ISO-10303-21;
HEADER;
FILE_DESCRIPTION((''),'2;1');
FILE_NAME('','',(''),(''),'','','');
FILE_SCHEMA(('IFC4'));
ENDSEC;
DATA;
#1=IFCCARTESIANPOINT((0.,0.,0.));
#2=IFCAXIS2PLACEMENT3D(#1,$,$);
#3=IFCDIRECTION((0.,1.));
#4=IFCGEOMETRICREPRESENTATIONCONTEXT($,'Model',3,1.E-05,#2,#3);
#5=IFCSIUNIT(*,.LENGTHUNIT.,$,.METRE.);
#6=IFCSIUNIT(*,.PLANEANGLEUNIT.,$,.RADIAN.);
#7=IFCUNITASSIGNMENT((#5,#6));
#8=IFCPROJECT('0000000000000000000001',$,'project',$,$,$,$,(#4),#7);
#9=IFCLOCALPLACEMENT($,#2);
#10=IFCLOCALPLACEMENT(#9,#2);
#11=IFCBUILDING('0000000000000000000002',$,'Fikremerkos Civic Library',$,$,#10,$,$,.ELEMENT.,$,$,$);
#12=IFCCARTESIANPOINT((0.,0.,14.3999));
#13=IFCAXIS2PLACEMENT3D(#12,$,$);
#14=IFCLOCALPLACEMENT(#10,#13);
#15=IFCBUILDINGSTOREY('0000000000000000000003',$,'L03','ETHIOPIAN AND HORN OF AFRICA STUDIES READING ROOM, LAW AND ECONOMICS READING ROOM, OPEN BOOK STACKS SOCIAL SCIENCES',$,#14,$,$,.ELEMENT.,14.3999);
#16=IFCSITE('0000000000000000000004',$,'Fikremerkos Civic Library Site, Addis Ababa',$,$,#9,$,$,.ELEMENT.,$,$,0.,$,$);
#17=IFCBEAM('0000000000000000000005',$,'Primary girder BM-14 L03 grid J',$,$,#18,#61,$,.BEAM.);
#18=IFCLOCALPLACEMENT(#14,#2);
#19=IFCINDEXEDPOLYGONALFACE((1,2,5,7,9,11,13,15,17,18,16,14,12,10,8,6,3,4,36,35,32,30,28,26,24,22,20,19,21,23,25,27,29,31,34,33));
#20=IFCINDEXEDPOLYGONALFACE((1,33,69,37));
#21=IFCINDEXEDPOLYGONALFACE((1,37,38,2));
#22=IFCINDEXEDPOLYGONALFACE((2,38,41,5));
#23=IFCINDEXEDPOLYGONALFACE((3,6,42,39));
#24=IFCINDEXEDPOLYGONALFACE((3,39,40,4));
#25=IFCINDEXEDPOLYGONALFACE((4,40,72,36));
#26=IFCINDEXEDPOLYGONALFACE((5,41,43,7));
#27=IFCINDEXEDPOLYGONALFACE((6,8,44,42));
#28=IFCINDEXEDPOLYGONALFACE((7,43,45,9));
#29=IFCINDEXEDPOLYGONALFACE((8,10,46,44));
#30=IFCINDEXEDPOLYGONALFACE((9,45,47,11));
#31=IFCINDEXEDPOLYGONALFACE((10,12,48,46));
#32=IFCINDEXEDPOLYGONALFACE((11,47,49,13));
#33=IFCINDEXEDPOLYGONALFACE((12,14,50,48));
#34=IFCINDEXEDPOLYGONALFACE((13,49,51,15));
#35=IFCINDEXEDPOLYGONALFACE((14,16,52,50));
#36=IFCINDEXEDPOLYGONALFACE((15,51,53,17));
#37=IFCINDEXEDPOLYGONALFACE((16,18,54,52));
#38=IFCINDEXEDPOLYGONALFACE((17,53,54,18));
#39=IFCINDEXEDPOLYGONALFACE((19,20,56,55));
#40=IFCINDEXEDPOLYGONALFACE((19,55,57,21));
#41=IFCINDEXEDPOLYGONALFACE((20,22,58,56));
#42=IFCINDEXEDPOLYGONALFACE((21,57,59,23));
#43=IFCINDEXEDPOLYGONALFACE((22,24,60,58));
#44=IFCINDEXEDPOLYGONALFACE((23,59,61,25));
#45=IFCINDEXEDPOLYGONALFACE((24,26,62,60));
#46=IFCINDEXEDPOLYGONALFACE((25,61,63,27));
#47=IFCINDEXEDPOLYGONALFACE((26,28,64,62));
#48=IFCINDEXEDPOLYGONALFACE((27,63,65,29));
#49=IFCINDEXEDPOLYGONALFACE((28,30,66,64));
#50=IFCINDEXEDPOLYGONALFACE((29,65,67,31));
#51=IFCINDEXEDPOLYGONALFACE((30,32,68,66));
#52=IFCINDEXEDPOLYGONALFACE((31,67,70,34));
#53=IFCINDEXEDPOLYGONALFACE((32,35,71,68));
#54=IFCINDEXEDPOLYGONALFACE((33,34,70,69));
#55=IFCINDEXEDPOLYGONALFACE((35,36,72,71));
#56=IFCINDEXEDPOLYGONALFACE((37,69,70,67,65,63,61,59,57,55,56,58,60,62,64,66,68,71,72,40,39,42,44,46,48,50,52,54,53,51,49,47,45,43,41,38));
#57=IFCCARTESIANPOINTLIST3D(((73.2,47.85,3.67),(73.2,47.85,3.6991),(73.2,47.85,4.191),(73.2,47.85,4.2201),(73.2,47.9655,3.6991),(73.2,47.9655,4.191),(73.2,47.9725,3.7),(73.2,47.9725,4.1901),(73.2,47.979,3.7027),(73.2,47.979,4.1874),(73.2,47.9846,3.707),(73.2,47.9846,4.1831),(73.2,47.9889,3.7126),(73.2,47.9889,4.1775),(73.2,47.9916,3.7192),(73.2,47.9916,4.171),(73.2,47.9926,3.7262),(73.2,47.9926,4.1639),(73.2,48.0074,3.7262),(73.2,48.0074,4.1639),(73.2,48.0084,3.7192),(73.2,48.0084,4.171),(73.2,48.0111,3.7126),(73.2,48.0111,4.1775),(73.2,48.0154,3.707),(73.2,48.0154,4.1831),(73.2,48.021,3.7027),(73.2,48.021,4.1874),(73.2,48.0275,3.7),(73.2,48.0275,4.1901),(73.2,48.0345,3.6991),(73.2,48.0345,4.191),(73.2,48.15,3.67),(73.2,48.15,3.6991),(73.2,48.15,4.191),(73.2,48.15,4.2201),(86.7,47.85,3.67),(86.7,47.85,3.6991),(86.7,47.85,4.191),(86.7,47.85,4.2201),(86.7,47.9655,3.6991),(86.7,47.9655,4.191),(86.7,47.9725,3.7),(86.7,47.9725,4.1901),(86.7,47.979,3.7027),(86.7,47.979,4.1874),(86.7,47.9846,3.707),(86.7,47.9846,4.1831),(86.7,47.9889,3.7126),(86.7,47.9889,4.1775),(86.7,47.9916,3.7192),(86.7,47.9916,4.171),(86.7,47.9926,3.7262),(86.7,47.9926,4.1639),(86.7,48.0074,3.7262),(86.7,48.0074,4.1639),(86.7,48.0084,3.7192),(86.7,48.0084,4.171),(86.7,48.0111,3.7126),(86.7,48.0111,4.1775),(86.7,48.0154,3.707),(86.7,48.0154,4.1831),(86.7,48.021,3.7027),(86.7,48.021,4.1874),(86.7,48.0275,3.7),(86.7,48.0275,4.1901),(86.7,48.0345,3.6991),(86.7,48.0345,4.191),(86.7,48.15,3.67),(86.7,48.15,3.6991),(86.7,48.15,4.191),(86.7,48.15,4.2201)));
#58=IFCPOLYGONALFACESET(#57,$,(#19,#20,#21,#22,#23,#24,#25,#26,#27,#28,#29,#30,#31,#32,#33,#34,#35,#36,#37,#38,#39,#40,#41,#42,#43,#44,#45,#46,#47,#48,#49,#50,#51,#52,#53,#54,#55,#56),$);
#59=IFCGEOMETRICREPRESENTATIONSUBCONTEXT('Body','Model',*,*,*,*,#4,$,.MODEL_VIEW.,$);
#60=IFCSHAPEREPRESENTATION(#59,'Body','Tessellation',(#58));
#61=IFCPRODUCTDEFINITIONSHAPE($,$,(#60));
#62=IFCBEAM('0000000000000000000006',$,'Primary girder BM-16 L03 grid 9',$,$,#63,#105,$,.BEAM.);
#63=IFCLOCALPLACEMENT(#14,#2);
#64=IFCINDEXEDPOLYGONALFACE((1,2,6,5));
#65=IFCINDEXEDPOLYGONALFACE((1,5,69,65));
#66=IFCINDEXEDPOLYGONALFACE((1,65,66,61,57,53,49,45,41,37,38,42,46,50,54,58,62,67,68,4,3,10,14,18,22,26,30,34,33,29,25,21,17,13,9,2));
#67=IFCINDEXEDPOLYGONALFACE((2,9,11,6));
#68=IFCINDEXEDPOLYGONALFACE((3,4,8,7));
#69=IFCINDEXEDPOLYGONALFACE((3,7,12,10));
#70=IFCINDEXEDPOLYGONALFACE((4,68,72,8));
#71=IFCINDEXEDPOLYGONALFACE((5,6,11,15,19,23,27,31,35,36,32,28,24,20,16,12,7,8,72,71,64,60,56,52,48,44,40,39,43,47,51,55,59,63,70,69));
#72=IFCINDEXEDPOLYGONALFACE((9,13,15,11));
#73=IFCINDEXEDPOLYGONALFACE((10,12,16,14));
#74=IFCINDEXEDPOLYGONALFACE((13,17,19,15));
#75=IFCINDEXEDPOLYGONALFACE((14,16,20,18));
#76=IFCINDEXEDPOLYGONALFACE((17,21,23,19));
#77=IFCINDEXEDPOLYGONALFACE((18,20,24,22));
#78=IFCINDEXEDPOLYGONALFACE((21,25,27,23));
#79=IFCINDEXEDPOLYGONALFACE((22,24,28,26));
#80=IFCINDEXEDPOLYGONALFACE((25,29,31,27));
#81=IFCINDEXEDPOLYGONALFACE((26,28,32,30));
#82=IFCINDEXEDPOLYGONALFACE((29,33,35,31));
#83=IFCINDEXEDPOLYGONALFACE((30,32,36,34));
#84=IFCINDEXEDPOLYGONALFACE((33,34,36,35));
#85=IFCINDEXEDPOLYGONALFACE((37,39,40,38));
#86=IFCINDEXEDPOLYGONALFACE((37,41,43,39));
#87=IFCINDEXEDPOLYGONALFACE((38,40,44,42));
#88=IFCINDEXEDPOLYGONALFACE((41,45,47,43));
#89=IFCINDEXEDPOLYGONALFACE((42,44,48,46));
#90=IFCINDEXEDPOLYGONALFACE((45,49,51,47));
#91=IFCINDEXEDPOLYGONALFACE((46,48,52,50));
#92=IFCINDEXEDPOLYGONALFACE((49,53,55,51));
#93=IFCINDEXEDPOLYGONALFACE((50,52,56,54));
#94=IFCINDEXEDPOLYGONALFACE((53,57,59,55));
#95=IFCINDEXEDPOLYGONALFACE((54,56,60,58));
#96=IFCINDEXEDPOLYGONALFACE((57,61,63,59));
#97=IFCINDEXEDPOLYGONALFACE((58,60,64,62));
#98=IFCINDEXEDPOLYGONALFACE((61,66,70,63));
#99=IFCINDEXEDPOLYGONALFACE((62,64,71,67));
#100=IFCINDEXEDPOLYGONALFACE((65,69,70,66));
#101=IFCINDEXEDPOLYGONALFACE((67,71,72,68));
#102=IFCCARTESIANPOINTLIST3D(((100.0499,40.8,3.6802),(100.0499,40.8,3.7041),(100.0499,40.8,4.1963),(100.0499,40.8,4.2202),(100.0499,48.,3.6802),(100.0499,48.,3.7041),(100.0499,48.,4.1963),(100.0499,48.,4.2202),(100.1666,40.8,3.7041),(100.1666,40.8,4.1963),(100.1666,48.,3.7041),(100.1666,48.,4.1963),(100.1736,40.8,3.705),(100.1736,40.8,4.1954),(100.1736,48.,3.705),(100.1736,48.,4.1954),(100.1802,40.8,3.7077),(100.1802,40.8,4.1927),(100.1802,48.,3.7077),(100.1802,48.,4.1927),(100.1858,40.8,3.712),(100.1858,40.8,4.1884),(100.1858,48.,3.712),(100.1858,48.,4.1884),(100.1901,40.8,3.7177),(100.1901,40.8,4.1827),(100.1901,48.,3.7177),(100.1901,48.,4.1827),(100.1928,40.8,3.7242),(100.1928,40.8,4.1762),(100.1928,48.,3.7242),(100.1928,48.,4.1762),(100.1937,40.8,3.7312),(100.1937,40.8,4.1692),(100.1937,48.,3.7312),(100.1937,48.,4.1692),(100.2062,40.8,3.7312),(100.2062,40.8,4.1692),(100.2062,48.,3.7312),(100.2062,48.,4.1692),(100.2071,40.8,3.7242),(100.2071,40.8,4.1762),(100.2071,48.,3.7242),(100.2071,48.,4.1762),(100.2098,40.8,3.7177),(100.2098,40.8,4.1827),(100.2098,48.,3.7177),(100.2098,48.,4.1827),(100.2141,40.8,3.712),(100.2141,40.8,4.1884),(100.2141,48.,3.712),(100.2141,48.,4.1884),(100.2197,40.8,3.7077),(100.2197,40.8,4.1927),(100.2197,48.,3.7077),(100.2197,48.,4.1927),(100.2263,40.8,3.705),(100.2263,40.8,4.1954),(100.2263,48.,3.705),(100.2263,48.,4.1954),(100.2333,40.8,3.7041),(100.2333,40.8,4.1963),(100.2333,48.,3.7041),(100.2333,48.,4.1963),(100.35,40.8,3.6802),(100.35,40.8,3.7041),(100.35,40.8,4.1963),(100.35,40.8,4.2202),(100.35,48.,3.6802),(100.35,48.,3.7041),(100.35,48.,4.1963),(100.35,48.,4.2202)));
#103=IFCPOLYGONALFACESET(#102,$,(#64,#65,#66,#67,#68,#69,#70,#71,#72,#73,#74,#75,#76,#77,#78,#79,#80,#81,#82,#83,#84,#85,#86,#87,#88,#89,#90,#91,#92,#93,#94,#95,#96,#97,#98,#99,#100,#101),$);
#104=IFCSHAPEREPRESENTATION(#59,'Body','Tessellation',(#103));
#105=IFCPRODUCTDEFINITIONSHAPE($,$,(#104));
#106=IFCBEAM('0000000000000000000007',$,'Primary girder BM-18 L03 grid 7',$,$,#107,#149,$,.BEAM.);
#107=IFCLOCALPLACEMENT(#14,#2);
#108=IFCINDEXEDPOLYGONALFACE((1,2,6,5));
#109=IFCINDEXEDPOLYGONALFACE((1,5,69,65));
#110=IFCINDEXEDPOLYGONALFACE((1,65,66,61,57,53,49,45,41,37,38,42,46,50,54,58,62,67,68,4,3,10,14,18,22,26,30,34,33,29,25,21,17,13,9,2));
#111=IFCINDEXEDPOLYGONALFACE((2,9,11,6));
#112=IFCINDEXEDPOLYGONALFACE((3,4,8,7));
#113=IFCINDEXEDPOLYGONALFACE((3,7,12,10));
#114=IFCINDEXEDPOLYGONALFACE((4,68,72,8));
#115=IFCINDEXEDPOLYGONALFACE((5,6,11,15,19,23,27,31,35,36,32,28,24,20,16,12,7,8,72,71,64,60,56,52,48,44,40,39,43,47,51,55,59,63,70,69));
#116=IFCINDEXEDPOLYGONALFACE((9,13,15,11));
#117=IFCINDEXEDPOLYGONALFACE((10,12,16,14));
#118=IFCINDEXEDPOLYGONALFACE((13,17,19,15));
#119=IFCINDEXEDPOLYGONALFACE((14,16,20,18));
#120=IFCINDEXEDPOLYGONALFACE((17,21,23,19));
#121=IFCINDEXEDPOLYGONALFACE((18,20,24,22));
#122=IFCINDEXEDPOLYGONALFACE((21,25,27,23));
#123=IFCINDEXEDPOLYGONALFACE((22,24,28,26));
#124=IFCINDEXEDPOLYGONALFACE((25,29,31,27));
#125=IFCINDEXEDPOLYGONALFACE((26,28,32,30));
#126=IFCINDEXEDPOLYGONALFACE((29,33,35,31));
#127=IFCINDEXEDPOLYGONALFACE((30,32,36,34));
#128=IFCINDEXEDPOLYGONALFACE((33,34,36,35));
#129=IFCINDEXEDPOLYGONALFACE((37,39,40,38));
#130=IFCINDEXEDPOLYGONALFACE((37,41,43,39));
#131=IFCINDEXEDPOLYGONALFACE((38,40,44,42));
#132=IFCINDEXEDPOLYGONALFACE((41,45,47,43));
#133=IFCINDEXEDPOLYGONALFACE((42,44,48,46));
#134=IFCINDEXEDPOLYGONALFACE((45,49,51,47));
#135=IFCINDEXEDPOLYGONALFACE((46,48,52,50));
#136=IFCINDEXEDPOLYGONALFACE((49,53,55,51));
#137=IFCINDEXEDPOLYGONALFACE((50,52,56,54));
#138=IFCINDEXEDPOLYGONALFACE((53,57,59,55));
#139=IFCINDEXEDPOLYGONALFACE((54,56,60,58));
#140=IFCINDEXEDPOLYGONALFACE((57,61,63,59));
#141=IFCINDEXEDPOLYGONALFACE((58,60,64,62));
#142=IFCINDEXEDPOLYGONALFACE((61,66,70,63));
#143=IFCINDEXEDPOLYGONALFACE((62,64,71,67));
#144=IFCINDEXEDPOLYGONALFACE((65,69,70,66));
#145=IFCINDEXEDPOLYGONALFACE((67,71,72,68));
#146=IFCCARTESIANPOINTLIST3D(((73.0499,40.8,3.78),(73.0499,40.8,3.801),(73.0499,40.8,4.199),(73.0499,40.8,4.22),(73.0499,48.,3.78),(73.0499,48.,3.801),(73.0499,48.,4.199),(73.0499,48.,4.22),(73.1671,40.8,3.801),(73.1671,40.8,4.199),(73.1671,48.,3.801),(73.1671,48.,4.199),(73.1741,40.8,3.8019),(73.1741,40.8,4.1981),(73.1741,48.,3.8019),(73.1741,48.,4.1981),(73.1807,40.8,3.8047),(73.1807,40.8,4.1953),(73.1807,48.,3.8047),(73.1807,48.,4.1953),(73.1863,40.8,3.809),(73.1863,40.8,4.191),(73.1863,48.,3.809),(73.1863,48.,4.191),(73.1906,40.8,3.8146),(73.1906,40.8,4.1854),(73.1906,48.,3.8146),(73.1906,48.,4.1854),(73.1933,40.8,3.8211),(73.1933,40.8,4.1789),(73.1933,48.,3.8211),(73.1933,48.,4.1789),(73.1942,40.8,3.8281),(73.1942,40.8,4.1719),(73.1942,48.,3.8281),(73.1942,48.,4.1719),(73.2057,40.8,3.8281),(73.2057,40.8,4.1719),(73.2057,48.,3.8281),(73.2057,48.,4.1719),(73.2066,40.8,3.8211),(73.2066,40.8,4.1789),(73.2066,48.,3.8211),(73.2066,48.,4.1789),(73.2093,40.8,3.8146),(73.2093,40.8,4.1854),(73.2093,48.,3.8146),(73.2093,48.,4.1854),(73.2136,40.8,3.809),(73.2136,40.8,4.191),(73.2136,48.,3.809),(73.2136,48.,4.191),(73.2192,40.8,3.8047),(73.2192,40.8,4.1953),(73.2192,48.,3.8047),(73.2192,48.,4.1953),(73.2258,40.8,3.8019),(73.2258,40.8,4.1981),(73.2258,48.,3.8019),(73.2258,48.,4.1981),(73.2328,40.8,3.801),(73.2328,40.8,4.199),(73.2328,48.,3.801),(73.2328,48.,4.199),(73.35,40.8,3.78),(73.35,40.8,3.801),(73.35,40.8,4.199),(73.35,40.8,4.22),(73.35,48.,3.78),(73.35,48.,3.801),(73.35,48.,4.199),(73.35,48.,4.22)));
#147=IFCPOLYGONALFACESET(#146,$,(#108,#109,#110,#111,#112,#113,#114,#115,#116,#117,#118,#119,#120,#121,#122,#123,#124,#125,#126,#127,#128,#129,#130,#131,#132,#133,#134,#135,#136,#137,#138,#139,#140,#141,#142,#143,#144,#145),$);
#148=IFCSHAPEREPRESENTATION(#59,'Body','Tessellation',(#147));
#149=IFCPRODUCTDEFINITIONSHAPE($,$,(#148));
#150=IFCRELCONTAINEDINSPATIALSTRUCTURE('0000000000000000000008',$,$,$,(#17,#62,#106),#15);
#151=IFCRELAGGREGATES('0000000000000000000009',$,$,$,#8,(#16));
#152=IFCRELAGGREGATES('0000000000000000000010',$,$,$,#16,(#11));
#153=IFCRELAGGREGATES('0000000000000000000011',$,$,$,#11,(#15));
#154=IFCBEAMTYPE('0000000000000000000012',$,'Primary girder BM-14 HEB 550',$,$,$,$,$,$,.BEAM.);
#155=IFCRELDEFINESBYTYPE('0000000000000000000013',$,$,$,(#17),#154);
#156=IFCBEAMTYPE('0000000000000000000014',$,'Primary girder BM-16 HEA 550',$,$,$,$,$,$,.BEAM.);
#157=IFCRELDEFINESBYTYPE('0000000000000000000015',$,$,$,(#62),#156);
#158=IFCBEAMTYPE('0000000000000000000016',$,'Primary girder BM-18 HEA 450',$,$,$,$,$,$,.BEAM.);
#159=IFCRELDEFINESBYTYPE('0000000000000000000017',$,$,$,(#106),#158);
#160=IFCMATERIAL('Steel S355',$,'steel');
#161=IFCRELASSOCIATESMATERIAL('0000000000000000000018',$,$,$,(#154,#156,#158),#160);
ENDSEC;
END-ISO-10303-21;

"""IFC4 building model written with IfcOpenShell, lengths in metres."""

from ifc_helpers import new_model, si_unit, direction, frame, origin, origin_2d, place, context, subcontext, project, spatial, i_section, extrude, material, material_profile, profile_set, type_object, element, save


model = new_model("IFC4")

# Units and contexts
model_context = context("Model", 3, precision=1e-05, world=origin(), true_north=direction((0.0, 1.0)))
body_context = subcontext(model_context, "Body", "Model", "MODEL_VIEW")
ifc_project = project(units=[si_unit("LENGTHUNIT", "METRE"), si_unit("PLANEANGLEUNIT", "RADIAN")], contexts=[model_context])

# Site, building, storey
site_placement = place(None, origin())
site = spatial("IfcSite", under=ifc_project, at=site_placement, Name="Fikremerkos Civic Library Site, Addis Ababa", CompositionType="ELEMENT", RefElevation=0.0)
building_placement = place(site_placement, origin())
building = spatial("IfcBuilding", under=site, at=building_placement, Name="Fikremerkos Civic Library", CompositionType="ELEMENT")
storey_placement = place(building_placement, frame((0.0, 0.0, 14.3999)))
storey = spatial("IfcBuildingStorey", under=building, at=storey_placement, Name="L03", Description="ETHIOPIAN AND HORN OF AFRICA STUDIES READING ROOM, LAW AND ECONOMICS READING ROOM, OPEN BOOK STACKS SOCIAL SCIENCES", CompositionType="ELEMENT", Elevation=14.3999)

# Shared definitions
ifc_material_1 = material(Name="Steel S355", Category="steel")

# Beams
ifc_material_profile_1 = material_profile(ifc_material_1, i_section(OverallWidth=0.3, OverallDepth=0.55, WebThickness=0.0149, FlangeThickness=0.0291, FilletRadius=0.0271, at=origin_2d()), Name="HEB 550")
ifc_profile_set_1 = profile_set([ifc_material_profile_1], Name="Steel S355")
beam_type_1 = type_object("IfcBeamType", Name="Primary girder BM-14 HEB 550", PredefinedType="BEAM", material=ifc_profile_set_1)
beam_1_placement = place(storey_placement, frame((73.2, 48.0, 3.9451), z_axis=(1.0, 0.0, 0.0), x_axis=(0.0, 1.0, 0.0)))
element("IfcBeam", 1, at=beam_1_placement, inside=storey, type_object=beam_type_1, Name="Primary girder BM-14 L03 grid J", PredefinedType="BEAM", context=body_context, shape_type="SweptSolid", body=[
    extrude(i_section(OverallWidth=0.3, OverallDepth=0.55, WebThickness=0.0149, FlangeThickness=0.0291, FilletRadius=0.0271, at=origin_2d()), origin(), (0.0, 0.0, 1.0), 13.5),
])
ifc_material_profile_2 = material_profile(ifc_material_1, i_section(OverallWidth=0.3, OverallDepth=0.54, WebThickness=0.0125, FlangeThickness=0.0239, FilletRadius=0.0271, at=origin_2d()), Name="HEA 550")
ifc_profile_set_2 = profile_set([ifc_material_profile_2], Name="Steel S355")
beam_type_2 = type_object("IfcBeamType", Name="Primary girder BM-16 HEA 550", PredefinedType="BEAM", material=ifc_profile_set_2)
beam_2_placement = place(storey_placement, frame((100.2, 40.8, 3.9502), z_axis=(0.0, 1.0, 0.0), x_axis=(-1.0, 0.0, 0.0)))
element("IfcBeam", 2, at=beam_2_placement, inside=storey, type_object=beam_type_2, Name="Primary girder BM-16 L03 grid 9", PredefinedType="BEAM", context=body_context, shape_type="SweptSolid", body=[
    extrude(i_section(OverallWidth=0.3, OverallDepth=0.54, WebThickness=0.0125, FlangeThickness=0.0239, FilletRadius=0.0271, at=origin_2d()), origin(), (0.0, 0.0, 1.0), 7.2),
])
ifc_material_profile_3 = material_profile(ifc_material_1, i_section(OverallWidth=0.3, OverallDepth=0.4399, WebThickness=0.0115, FlangeThickness=0.021, FilletRadius=0.0271, at=origin_2d()), Name="HEA 450")
ifc_profile_set_3 = profile_set([ifc_material_profile_3], Name="Steel S355")
beam_type_3 = type_object("IfcBeamType", Name="Primary girder BM-18 HEA 450", PredefinedType="BEAM", material=ifc_profile_set_3)
beam_3_placement = place(storey_placement, frame((73.2, 40.8, 4.0), z_axis=(0.0, 1.0, 0.0), x_axis=(-1.0, 0.0, 0.0)))
element("IfcBeam", 3, at=beam_3_placement, inside=storey, type_object=beam_type_3, Name="Primary girder BM-18 L03 grid 7", PredefinedType="BEAM", context=body_context, shape_type="SweptSolid", body=[
    extrude(i_section(OverallWidth=0.3, OverallDepth=0.4399, WebThickness=0.0115, FlangeThickness=0.021, FilletRadius=0.0271, at=origin_2d()), origin(), (0.0, 0.0, 1.0), 7.2),
])

save(model, "model.ifc")
